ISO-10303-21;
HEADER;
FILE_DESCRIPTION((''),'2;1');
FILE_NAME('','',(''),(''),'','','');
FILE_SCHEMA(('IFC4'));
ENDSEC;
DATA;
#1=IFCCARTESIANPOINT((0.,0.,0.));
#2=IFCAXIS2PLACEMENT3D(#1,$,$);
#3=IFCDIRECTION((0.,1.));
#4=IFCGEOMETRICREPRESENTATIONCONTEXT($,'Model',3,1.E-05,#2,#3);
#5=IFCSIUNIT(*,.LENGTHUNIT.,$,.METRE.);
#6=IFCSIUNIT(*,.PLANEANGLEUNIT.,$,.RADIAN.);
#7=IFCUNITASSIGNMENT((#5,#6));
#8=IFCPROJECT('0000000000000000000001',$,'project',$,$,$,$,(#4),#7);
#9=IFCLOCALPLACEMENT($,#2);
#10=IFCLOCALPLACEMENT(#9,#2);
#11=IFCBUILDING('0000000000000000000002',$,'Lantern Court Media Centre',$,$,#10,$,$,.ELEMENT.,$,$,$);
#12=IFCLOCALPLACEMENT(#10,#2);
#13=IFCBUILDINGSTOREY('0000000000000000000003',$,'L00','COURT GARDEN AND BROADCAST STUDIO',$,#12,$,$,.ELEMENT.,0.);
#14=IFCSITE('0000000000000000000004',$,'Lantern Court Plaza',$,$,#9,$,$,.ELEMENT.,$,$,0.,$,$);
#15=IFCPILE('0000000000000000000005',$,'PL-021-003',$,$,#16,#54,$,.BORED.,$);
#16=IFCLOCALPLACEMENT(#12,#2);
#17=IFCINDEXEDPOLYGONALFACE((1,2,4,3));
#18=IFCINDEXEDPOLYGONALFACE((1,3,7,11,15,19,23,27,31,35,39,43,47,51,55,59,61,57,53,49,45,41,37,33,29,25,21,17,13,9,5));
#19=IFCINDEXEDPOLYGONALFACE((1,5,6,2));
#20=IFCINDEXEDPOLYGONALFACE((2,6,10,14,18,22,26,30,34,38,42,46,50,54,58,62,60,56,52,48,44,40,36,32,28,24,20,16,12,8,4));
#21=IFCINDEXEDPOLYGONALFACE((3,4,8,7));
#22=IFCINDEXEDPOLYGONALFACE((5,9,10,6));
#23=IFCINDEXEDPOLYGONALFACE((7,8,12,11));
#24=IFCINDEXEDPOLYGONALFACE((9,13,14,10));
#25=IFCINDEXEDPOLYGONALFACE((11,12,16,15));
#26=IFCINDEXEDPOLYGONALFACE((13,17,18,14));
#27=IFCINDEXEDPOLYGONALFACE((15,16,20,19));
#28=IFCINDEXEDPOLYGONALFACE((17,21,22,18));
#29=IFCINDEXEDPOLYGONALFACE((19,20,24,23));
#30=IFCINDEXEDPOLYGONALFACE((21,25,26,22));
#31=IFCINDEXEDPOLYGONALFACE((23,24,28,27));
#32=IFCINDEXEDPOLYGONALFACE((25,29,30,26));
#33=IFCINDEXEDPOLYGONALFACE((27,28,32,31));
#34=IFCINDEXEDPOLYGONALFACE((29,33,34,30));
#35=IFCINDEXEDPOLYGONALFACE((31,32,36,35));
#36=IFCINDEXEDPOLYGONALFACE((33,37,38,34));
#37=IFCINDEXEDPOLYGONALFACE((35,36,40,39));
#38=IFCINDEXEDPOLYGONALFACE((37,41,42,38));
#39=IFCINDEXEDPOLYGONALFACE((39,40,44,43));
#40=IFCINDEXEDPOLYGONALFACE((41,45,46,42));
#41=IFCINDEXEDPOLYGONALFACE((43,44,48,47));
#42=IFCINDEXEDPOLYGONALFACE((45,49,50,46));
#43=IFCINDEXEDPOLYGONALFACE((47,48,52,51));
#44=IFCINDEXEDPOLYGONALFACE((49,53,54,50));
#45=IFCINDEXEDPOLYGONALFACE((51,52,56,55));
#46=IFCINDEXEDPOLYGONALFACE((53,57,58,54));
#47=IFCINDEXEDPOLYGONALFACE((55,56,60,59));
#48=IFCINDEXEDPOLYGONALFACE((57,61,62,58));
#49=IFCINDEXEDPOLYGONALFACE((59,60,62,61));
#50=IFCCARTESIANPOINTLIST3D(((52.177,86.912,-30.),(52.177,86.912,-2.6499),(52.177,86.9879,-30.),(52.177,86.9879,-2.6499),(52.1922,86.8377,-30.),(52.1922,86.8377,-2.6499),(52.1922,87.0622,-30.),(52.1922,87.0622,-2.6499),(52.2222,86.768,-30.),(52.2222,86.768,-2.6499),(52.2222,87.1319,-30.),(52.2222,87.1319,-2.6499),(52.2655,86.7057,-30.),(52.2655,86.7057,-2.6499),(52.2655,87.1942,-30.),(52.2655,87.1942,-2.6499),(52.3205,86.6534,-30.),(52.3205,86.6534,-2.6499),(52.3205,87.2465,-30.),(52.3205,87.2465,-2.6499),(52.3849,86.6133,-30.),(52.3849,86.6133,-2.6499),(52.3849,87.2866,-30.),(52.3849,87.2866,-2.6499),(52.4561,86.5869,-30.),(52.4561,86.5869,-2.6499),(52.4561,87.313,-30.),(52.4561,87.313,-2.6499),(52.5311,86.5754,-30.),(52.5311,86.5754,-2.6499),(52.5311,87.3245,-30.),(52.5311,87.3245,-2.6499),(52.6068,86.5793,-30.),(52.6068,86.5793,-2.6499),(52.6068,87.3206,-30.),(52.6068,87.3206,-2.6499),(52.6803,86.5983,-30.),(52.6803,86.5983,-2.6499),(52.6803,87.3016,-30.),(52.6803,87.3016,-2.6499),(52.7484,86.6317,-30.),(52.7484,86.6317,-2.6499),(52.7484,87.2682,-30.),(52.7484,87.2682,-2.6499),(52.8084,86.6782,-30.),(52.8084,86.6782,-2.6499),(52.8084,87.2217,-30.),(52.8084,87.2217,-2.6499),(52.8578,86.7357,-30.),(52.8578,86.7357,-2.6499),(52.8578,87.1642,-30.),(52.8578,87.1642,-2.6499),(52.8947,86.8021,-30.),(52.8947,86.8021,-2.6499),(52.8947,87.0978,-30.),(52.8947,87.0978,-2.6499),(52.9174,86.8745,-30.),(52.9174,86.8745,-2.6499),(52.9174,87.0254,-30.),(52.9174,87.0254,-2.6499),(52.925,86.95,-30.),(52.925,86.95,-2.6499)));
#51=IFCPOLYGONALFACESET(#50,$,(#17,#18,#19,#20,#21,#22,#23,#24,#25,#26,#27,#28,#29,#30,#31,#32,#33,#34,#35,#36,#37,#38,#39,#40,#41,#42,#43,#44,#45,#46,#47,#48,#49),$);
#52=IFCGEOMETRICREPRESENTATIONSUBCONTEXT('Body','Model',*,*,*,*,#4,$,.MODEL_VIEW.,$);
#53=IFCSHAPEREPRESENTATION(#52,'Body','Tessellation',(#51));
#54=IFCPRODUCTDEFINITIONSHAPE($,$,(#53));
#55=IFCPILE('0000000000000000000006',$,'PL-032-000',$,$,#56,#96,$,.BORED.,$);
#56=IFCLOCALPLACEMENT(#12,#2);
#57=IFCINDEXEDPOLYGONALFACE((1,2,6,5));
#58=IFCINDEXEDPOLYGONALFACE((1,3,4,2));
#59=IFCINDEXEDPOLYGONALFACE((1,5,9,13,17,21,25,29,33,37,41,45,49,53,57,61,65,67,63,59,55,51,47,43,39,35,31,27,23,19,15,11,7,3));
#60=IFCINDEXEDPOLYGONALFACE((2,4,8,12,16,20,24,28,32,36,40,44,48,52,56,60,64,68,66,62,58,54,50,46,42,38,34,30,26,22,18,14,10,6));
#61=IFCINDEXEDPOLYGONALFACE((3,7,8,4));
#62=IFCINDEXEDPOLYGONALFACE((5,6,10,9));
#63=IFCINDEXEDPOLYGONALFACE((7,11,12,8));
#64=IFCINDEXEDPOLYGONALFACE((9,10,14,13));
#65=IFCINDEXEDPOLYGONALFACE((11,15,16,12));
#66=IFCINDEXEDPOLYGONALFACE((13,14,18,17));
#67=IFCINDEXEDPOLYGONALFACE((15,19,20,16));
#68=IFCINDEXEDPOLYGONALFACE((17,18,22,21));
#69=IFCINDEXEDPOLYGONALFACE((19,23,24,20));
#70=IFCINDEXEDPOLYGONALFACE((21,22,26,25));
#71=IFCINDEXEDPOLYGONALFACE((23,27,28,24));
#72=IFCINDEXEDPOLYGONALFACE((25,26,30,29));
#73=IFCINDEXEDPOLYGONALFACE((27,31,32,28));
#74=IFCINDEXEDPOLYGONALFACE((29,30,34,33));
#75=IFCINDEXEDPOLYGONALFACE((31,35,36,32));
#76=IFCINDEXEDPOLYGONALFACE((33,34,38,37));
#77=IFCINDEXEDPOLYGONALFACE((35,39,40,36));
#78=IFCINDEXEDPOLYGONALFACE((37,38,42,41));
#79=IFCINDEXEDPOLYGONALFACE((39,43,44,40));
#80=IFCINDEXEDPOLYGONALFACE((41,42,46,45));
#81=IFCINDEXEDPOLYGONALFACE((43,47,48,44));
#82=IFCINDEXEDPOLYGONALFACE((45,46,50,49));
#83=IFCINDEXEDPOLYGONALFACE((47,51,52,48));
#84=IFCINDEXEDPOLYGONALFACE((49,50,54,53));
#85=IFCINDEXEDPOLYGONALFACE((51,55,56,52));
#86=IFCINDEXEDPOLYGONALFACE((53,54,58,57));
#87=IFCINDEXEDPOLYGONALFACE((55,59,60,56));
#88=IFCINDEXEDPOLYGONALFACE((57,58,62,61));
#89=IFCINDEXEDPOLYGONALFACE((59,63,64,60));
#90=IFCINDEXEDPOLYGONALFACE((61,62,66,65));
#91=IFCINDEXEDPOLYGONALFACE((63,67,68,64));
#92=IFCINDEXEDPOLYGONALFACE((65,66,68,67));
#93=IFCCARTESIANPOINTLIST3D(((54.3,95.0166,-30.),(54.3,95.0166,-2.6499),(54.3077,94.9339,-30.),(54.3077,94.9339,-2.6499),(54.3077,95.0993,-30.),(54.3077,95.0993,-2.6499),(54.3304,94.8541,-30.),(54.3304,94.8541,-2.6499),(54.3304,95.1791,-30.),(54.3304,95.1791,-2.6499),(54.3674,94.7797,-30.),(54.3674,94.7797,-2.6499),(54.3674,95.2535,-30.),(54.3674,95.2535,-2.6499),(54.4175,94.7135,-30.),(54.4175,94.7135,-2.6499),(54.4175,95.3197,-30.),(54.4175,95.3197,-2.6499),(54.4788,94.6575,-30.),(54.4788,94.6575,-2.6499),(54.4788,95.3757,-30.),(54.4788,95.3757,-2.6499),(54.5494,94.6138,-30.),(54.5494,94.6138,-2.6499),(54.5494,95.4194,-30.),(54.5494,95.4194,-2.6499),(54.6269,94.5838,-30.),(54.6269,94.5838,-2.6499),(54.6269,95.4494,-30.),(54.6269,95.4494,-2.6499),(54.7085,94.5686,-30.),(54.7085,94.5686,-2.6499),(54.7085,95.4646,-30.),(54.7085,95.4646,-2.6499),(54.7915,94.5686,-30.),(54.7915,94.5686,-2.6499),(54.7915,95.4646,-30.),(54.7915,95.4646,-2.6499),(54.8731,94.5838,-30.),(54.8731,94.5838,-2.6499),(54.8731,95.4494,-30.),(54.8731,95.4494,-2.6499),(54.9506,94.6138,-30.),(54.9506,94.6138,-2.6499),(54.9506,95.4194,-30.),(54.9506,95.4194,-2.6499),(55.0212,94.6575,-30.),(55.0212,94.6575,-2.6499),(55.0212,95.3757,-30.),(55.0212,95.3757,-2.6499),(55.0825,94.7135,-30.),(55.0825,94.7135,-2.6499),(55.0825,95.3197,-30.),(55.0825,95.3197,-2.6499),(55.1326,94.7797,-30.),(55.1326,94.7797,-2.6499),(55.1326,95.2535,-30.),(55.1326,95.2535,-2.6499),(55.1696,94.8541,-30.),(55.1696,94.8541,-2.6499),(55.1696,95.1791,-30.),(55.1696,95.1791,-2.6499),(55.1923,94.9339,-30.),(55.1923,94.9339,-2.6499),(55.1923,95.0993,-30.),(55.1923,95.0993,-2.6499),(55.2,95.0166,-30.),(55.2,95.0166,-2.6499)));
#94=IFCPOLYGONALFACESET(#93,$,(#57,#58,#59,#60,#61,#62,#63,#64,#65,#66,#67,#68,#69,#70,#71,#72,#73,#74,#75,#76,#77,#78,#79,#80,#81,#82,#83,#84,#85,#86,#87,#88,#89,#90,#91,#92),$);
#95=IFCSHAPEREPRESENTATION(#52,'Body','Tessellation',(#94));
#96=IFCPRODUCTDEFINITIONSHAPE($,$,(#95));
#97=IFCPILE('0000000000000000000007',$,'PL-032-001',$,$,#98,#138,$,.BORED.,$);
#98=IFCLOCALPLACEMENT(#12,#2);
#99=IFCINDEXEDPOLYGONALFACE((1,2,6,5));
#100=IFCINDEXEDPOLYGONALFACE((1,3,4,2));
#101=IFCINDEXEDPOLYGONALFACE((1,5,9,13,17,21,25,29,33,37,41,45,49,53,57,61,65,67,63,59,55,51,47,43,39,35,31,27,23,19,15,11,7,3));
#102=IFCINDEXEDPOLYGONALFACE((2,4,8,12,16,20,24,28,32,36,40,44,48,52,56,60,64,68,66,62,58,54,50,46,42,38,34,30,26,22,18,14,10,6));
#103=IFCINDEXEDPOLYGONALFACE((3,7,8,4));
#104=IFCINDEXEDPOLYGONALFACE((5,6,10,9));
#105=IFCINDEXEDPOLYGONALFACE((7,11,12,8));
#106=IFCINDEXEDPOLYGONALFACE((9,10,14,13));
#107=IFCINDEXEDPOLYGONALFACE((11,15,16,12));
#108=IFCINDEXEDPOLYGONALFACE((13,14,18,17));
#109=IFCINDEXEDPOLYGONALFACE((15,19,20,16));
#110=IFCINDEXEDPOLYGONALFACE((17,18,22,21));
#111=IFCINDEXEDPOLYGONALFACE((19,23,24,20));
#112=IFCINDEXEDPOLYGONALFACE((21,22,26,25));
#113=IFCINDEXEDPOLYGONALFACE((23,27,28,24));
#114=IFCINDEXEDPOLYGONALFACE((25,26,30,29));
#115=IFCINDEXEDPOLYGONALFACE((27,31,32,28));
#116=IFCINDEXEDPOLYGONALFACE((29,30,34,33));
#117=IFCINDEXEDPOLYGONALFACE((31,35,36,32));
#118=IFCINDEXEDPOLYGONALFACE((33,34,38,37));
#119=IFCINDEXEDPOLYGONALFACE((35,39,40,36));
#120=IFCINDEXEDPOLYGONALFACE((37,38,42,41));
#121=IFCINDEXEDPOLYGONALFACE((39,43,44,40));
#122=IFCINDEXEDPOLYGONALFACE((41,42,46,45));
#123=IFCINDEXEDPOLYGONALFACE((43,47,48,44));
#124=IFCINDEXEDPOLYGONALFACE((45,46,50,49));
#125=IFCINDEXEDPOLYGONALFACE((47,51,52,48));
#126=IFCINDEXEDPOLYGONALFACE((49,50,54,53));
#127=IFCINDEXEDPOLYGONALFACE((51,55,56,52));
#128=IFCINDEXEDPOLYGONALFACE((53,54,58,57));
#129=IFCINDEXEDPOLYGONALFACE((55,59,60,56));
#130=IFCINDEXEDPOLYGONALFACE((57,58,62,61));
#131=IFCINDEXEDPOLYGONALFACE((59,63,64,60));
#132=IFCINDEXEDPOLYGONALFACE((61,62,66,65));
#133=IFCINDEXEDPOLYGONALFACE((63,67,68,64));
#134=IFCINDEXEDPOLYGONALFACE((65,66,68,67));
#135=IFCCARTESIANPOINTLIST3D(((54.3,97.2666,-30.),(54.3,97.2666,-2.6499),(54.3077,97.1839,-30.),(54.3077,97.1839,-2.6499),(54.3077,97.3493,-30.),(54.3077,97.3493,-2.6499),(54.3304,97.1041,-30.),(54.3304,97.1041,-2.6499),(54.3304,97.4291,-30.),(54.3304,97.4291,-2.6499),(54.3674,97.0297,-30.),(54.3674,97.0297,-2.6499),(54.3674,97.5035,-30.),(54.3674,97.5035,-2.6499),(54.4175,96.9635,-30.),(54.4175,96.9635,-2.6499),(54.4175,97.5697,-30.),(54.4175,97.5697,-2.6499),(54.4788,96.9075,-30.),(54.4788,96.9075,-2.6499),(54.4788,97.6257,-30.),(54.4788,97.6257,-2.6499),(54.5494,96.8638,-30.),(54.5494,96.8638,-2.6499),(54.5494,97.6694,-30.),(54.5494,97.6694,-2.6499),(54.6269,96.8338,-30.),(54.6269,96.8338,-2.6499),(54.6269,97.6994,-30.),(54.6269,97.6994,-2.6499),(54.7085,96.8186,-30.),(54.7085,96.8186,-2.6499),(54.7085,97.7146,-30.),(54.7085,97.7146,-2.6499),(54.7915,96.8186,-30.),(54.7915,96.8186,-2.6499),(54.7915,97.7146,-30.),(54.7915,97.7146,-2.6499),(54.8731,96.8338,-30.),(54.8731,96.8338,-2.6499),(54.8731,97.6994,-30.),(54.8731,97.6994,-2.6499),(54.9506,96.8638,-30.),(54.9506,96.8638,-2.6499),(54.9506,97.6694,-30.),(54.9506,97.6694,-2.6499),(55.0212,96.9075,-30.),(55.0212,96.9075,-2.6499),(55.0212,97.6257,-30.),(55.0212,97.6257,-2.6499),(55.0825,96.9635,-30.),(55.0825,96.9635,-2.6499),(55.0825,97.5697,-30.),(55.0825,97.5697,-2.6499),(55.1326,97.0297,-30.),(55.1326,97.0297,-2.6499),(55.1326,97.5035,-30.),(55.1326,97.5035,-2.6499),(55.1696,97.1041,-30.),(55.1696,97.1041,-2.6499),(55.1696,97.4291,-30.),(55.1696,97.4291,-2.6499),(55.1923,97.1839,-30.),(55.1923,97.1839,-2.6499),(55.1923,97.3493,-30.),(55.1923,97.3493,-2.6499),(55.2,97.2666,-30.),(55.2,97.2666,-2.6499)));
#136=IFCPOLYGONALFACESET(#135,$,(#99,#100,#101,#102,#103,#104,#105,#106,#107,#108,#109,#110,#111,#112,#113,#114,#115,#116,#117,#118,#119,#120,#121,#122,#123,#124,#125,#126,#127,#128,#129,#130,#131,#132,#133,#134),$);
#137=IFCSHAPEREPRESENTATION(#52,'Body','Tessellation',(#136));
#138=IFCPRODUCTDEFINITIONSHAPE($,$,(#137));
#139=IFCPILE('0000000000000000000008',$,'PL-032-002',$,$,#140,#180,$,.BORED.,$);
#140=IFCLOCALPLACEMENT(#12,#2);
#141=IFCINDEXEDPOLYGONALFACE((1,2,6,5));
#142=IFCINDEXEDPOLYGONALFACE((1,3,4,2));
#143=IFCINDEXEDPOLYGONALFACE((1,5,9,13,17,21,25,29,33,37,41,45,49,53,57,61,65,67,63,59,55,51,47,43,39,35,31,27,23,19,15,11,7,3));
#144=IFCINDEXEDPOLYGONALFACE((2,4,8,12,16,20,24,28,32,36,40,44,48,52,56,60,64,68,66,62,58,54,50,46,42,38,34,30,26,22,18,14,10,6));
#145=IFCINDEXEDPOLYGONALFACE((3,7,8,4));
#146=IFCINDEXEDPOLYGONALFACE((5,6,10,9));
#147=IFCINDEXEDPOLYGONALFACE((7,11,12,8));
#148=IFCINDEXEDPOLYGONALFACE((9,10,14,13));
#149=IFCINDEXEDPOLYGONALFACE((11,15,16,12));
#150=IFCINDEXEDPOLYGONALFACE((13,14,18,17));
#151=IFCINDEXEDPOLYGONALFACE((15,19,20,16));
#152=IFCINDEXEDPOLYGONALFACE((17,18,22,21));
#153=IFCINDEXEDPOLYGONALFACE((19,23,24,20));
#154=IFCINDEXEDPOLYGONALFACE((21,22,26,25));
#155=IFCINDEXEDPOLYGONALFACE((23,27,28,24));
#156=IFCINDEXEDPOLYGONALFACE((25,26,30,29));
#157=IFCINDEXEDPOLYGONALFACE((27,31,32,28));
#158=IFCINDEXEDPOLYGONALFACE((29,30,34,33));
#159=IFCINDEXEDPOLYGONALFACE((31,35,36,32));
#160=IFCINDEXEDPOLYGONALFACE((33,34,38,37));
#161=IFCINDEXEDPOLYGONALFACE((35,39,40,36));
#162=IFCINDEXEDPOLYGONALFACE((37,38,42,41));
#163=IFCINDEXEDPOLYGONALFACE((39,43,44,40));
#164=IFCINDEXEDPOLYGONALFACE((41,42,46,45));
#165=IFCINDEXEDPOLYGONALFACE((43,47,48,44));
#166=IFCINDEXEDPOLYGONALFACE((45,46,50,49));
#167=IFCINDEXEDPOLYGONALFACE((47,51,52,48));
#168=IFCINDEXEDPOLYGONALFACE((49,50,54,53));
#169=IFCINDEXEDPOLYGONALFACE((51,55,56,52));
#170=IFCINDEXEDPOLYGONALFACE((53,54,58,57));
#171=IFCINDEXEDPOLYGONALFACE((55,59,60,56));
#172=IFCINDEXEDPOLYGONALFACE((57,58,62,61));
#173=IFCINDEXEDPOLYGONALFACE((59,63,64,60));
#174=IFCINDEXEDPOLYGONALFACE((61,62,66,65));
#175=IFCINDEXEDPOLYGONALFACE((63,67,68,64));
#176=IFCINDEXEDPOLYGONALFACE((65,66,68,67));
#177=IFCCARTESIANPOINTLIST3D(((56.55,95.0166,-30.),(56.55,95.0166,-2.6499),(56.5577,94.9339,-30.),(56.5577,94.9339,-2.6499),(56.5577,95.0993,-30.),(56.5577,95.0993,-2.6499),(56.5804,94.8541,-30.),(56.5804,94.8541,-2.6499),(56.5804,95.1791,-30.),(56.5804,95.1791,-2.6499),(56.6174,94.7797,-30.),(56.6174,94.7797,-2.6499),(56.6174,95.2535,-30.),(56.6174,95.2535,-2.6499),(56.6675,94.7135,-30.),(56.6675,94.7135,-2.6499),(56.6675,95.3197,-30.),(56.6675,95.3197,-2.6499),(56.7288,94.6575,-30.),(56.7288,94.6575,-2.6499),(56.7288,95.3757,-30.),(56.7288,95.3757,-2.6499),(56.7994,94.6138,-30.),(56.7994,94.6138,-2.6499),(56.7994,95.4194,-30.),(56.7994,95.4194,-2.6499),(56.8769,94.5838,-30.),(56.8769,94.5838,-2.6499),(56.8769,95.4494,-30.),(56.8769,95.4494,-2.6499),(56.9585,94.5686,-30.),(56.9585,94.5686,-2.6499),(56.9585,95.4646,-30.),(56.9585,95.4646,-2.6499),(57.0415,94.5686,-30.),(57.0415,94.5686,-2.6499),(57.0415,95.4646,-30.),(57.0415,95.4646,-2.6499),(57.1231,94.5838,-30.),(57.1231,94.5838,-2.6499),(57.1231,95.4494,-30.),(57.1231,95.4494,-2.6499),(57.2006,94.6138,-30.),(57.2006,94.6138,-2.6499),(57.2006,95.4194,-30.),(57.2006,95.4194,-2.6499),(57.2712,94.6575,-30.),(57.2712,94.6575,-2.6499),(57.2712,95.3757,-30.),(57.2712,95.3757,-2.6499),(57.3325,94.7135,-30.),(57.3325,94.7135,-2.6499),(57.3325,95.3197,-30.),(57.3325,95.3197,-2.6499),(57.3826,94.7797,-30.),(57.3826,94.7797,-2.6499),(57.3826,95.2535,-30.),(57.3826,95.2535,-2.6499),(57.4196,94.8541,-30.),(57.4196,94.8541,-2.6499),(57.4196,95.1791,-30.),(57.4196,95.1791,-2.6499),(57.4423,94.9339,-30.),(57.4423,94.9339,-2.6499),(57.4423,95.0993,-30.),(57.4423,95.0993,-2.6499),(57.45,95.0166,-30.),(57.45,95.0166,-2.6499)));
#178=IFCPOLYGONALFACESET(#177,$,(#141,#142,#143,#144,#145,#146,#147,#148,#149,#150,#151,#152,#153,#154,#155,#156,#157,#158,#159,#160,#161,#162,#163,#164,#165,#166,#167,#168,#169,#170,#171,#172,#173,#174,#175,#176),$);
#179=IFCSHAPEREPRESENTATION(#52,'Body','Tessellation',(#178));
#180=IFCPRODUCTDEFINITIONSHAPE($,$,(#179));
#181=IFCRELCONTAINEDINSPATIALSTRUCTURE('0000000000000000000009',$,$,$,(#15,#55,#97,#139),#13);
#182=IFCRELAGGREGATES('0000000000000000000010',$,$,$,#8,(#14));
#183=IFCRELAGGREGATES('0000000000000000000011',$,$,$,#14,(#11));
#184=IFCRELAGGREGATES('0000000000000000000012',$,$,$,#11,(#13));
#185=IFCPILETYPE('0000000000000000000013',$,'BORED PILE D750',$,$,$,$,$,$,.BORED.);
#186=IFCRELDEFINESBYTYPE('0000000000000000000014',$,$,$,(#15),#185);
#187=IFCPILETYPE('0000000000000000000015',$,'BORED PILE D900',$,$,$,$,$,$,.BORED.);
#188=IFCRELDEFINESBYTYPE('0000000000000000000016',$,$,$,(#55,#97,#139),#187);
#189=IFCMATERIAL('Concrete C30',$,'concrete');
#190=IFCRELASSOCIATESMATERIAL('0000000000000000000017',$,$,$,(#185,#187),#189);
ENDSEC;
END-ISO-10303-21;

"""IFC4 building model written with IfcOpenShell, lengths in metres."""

from ifc_helpers import new_model, si_unit, direction, frame, origin, origin_2d, place, context, subcontext, project, spatial, circle, extrude, material, material_profile, profile_set, type_object, element, save


model = new_model("IFC4")

# Units and contexts
model_context = context("Model", 3, precision=1e-05, world=origin(), true_north=direction((0.0, 1.0)))
body_context = subcontext(model_context, "Body", "Model", "MODEL_VIEW")
ifc_project = project(units=[si_unit("LENGTHUNIT", "METRE"), si_unit("PLANEANGLEUNIT", "RADIAN")], contexts=[model_context])

# Site, building, storey
site_placement = place(None, origin())
site = spatial("IfcSite", under=ifc_project, at=site_placement, Name="Lantern Court Plaza", CompositionType="ELEMENT", RefElevation=0.0)
building_placement = place(site_placement, origin())
building = spatial("IfcBuilding", under=site, at=building_placement, Name="Lantern Court Media Centre", CompositionType="ELEMENT")
storey_placement = place(building_placement, origin())
storey = spatial("IfcBuildingStorey", under=building, at=storey_placement, Name="L00", Description="COURT GARDEN AND BROADCAST STUDIO", CompositionType="ELEMENT", Elevation=0.0)

# Piles
ifc_material_1 = material(Name="Concrete C30", Category="concrete")
ifc_material_profile_1 = material_profile(ifc_material_1, circle(Radius=0.375, at=origin_2d()), Name="D750")
ifc_profile_set_1 = profile_set([ifc_material_profile_1], Name="Concrete C30")
pile_type_1 = type_object("IfcPileType", Name="BORED PILE D750", PredefinedType="BORED", material=ifc_profile_set_1)
pile_placement = place(storey_placement, frame((52.55, 86.95, -2.6499), z_axis=(0.0, 0.0, -1.0), x_axis=(1.0, 0.0, 0.0)))
element("IfcPile", 1, at=pile_placement, inside=storey, type_object=pile_type_1, Name="PL-021-003", PredefinedType="BORED", context=body_context, shape_type="SweptSolid", body=[
    extrude(circle(Radius=0.375, at=origin_2d()), origin(), (0.0, 0.0, 1.0), 27.3501),
])
ifc_material_profile_2 = material_profile(ifc_material_1, circle(Radius=0.45, at=origin_2d()), Name="D900")
ifc_profile_set_2 = profile_set([ifc_material_profile_2], Name="Concrete C30")
pile_type_2 = type_object("IfcPileType", Name="BORED PILE D900", PredefinedType="BORED", material=ifc_profile_set_2)
for number, where, z_axis, x_axis, name in (
    (2, (54.75, 95.0166, -2.6499), (0.0, 0.0, -1.0), (1.0, 0.0, 0.0), "PL-032-000"),
    (3, (54.75, 97.2666, -2.6499), (0.0, 0.0, -1.0), (1.0, 0.0, 0.0), "PL-032-001"),
    (4, (57.0, 95.0166, -2.6499), (0.0, 0.0, -1.0), (1.0, 0.0, 0.0), "PL-032-002"),
):
    element("IfcPile", number, at=place(storey_placement, frame(where, z_axis=z_axis, x_axis=x_axis)), inside=storey, type_object=pile_type_2, Name=name, PredefinedType="BORED", context=body_context, shape_type="SweptSolid", body=[
        extrude(circle(Radius=0.45, at=origin_2d()), origin(), (0.0, 0.0, 1.0), 27.3501),
    ])

save(model, "model.ifc")
